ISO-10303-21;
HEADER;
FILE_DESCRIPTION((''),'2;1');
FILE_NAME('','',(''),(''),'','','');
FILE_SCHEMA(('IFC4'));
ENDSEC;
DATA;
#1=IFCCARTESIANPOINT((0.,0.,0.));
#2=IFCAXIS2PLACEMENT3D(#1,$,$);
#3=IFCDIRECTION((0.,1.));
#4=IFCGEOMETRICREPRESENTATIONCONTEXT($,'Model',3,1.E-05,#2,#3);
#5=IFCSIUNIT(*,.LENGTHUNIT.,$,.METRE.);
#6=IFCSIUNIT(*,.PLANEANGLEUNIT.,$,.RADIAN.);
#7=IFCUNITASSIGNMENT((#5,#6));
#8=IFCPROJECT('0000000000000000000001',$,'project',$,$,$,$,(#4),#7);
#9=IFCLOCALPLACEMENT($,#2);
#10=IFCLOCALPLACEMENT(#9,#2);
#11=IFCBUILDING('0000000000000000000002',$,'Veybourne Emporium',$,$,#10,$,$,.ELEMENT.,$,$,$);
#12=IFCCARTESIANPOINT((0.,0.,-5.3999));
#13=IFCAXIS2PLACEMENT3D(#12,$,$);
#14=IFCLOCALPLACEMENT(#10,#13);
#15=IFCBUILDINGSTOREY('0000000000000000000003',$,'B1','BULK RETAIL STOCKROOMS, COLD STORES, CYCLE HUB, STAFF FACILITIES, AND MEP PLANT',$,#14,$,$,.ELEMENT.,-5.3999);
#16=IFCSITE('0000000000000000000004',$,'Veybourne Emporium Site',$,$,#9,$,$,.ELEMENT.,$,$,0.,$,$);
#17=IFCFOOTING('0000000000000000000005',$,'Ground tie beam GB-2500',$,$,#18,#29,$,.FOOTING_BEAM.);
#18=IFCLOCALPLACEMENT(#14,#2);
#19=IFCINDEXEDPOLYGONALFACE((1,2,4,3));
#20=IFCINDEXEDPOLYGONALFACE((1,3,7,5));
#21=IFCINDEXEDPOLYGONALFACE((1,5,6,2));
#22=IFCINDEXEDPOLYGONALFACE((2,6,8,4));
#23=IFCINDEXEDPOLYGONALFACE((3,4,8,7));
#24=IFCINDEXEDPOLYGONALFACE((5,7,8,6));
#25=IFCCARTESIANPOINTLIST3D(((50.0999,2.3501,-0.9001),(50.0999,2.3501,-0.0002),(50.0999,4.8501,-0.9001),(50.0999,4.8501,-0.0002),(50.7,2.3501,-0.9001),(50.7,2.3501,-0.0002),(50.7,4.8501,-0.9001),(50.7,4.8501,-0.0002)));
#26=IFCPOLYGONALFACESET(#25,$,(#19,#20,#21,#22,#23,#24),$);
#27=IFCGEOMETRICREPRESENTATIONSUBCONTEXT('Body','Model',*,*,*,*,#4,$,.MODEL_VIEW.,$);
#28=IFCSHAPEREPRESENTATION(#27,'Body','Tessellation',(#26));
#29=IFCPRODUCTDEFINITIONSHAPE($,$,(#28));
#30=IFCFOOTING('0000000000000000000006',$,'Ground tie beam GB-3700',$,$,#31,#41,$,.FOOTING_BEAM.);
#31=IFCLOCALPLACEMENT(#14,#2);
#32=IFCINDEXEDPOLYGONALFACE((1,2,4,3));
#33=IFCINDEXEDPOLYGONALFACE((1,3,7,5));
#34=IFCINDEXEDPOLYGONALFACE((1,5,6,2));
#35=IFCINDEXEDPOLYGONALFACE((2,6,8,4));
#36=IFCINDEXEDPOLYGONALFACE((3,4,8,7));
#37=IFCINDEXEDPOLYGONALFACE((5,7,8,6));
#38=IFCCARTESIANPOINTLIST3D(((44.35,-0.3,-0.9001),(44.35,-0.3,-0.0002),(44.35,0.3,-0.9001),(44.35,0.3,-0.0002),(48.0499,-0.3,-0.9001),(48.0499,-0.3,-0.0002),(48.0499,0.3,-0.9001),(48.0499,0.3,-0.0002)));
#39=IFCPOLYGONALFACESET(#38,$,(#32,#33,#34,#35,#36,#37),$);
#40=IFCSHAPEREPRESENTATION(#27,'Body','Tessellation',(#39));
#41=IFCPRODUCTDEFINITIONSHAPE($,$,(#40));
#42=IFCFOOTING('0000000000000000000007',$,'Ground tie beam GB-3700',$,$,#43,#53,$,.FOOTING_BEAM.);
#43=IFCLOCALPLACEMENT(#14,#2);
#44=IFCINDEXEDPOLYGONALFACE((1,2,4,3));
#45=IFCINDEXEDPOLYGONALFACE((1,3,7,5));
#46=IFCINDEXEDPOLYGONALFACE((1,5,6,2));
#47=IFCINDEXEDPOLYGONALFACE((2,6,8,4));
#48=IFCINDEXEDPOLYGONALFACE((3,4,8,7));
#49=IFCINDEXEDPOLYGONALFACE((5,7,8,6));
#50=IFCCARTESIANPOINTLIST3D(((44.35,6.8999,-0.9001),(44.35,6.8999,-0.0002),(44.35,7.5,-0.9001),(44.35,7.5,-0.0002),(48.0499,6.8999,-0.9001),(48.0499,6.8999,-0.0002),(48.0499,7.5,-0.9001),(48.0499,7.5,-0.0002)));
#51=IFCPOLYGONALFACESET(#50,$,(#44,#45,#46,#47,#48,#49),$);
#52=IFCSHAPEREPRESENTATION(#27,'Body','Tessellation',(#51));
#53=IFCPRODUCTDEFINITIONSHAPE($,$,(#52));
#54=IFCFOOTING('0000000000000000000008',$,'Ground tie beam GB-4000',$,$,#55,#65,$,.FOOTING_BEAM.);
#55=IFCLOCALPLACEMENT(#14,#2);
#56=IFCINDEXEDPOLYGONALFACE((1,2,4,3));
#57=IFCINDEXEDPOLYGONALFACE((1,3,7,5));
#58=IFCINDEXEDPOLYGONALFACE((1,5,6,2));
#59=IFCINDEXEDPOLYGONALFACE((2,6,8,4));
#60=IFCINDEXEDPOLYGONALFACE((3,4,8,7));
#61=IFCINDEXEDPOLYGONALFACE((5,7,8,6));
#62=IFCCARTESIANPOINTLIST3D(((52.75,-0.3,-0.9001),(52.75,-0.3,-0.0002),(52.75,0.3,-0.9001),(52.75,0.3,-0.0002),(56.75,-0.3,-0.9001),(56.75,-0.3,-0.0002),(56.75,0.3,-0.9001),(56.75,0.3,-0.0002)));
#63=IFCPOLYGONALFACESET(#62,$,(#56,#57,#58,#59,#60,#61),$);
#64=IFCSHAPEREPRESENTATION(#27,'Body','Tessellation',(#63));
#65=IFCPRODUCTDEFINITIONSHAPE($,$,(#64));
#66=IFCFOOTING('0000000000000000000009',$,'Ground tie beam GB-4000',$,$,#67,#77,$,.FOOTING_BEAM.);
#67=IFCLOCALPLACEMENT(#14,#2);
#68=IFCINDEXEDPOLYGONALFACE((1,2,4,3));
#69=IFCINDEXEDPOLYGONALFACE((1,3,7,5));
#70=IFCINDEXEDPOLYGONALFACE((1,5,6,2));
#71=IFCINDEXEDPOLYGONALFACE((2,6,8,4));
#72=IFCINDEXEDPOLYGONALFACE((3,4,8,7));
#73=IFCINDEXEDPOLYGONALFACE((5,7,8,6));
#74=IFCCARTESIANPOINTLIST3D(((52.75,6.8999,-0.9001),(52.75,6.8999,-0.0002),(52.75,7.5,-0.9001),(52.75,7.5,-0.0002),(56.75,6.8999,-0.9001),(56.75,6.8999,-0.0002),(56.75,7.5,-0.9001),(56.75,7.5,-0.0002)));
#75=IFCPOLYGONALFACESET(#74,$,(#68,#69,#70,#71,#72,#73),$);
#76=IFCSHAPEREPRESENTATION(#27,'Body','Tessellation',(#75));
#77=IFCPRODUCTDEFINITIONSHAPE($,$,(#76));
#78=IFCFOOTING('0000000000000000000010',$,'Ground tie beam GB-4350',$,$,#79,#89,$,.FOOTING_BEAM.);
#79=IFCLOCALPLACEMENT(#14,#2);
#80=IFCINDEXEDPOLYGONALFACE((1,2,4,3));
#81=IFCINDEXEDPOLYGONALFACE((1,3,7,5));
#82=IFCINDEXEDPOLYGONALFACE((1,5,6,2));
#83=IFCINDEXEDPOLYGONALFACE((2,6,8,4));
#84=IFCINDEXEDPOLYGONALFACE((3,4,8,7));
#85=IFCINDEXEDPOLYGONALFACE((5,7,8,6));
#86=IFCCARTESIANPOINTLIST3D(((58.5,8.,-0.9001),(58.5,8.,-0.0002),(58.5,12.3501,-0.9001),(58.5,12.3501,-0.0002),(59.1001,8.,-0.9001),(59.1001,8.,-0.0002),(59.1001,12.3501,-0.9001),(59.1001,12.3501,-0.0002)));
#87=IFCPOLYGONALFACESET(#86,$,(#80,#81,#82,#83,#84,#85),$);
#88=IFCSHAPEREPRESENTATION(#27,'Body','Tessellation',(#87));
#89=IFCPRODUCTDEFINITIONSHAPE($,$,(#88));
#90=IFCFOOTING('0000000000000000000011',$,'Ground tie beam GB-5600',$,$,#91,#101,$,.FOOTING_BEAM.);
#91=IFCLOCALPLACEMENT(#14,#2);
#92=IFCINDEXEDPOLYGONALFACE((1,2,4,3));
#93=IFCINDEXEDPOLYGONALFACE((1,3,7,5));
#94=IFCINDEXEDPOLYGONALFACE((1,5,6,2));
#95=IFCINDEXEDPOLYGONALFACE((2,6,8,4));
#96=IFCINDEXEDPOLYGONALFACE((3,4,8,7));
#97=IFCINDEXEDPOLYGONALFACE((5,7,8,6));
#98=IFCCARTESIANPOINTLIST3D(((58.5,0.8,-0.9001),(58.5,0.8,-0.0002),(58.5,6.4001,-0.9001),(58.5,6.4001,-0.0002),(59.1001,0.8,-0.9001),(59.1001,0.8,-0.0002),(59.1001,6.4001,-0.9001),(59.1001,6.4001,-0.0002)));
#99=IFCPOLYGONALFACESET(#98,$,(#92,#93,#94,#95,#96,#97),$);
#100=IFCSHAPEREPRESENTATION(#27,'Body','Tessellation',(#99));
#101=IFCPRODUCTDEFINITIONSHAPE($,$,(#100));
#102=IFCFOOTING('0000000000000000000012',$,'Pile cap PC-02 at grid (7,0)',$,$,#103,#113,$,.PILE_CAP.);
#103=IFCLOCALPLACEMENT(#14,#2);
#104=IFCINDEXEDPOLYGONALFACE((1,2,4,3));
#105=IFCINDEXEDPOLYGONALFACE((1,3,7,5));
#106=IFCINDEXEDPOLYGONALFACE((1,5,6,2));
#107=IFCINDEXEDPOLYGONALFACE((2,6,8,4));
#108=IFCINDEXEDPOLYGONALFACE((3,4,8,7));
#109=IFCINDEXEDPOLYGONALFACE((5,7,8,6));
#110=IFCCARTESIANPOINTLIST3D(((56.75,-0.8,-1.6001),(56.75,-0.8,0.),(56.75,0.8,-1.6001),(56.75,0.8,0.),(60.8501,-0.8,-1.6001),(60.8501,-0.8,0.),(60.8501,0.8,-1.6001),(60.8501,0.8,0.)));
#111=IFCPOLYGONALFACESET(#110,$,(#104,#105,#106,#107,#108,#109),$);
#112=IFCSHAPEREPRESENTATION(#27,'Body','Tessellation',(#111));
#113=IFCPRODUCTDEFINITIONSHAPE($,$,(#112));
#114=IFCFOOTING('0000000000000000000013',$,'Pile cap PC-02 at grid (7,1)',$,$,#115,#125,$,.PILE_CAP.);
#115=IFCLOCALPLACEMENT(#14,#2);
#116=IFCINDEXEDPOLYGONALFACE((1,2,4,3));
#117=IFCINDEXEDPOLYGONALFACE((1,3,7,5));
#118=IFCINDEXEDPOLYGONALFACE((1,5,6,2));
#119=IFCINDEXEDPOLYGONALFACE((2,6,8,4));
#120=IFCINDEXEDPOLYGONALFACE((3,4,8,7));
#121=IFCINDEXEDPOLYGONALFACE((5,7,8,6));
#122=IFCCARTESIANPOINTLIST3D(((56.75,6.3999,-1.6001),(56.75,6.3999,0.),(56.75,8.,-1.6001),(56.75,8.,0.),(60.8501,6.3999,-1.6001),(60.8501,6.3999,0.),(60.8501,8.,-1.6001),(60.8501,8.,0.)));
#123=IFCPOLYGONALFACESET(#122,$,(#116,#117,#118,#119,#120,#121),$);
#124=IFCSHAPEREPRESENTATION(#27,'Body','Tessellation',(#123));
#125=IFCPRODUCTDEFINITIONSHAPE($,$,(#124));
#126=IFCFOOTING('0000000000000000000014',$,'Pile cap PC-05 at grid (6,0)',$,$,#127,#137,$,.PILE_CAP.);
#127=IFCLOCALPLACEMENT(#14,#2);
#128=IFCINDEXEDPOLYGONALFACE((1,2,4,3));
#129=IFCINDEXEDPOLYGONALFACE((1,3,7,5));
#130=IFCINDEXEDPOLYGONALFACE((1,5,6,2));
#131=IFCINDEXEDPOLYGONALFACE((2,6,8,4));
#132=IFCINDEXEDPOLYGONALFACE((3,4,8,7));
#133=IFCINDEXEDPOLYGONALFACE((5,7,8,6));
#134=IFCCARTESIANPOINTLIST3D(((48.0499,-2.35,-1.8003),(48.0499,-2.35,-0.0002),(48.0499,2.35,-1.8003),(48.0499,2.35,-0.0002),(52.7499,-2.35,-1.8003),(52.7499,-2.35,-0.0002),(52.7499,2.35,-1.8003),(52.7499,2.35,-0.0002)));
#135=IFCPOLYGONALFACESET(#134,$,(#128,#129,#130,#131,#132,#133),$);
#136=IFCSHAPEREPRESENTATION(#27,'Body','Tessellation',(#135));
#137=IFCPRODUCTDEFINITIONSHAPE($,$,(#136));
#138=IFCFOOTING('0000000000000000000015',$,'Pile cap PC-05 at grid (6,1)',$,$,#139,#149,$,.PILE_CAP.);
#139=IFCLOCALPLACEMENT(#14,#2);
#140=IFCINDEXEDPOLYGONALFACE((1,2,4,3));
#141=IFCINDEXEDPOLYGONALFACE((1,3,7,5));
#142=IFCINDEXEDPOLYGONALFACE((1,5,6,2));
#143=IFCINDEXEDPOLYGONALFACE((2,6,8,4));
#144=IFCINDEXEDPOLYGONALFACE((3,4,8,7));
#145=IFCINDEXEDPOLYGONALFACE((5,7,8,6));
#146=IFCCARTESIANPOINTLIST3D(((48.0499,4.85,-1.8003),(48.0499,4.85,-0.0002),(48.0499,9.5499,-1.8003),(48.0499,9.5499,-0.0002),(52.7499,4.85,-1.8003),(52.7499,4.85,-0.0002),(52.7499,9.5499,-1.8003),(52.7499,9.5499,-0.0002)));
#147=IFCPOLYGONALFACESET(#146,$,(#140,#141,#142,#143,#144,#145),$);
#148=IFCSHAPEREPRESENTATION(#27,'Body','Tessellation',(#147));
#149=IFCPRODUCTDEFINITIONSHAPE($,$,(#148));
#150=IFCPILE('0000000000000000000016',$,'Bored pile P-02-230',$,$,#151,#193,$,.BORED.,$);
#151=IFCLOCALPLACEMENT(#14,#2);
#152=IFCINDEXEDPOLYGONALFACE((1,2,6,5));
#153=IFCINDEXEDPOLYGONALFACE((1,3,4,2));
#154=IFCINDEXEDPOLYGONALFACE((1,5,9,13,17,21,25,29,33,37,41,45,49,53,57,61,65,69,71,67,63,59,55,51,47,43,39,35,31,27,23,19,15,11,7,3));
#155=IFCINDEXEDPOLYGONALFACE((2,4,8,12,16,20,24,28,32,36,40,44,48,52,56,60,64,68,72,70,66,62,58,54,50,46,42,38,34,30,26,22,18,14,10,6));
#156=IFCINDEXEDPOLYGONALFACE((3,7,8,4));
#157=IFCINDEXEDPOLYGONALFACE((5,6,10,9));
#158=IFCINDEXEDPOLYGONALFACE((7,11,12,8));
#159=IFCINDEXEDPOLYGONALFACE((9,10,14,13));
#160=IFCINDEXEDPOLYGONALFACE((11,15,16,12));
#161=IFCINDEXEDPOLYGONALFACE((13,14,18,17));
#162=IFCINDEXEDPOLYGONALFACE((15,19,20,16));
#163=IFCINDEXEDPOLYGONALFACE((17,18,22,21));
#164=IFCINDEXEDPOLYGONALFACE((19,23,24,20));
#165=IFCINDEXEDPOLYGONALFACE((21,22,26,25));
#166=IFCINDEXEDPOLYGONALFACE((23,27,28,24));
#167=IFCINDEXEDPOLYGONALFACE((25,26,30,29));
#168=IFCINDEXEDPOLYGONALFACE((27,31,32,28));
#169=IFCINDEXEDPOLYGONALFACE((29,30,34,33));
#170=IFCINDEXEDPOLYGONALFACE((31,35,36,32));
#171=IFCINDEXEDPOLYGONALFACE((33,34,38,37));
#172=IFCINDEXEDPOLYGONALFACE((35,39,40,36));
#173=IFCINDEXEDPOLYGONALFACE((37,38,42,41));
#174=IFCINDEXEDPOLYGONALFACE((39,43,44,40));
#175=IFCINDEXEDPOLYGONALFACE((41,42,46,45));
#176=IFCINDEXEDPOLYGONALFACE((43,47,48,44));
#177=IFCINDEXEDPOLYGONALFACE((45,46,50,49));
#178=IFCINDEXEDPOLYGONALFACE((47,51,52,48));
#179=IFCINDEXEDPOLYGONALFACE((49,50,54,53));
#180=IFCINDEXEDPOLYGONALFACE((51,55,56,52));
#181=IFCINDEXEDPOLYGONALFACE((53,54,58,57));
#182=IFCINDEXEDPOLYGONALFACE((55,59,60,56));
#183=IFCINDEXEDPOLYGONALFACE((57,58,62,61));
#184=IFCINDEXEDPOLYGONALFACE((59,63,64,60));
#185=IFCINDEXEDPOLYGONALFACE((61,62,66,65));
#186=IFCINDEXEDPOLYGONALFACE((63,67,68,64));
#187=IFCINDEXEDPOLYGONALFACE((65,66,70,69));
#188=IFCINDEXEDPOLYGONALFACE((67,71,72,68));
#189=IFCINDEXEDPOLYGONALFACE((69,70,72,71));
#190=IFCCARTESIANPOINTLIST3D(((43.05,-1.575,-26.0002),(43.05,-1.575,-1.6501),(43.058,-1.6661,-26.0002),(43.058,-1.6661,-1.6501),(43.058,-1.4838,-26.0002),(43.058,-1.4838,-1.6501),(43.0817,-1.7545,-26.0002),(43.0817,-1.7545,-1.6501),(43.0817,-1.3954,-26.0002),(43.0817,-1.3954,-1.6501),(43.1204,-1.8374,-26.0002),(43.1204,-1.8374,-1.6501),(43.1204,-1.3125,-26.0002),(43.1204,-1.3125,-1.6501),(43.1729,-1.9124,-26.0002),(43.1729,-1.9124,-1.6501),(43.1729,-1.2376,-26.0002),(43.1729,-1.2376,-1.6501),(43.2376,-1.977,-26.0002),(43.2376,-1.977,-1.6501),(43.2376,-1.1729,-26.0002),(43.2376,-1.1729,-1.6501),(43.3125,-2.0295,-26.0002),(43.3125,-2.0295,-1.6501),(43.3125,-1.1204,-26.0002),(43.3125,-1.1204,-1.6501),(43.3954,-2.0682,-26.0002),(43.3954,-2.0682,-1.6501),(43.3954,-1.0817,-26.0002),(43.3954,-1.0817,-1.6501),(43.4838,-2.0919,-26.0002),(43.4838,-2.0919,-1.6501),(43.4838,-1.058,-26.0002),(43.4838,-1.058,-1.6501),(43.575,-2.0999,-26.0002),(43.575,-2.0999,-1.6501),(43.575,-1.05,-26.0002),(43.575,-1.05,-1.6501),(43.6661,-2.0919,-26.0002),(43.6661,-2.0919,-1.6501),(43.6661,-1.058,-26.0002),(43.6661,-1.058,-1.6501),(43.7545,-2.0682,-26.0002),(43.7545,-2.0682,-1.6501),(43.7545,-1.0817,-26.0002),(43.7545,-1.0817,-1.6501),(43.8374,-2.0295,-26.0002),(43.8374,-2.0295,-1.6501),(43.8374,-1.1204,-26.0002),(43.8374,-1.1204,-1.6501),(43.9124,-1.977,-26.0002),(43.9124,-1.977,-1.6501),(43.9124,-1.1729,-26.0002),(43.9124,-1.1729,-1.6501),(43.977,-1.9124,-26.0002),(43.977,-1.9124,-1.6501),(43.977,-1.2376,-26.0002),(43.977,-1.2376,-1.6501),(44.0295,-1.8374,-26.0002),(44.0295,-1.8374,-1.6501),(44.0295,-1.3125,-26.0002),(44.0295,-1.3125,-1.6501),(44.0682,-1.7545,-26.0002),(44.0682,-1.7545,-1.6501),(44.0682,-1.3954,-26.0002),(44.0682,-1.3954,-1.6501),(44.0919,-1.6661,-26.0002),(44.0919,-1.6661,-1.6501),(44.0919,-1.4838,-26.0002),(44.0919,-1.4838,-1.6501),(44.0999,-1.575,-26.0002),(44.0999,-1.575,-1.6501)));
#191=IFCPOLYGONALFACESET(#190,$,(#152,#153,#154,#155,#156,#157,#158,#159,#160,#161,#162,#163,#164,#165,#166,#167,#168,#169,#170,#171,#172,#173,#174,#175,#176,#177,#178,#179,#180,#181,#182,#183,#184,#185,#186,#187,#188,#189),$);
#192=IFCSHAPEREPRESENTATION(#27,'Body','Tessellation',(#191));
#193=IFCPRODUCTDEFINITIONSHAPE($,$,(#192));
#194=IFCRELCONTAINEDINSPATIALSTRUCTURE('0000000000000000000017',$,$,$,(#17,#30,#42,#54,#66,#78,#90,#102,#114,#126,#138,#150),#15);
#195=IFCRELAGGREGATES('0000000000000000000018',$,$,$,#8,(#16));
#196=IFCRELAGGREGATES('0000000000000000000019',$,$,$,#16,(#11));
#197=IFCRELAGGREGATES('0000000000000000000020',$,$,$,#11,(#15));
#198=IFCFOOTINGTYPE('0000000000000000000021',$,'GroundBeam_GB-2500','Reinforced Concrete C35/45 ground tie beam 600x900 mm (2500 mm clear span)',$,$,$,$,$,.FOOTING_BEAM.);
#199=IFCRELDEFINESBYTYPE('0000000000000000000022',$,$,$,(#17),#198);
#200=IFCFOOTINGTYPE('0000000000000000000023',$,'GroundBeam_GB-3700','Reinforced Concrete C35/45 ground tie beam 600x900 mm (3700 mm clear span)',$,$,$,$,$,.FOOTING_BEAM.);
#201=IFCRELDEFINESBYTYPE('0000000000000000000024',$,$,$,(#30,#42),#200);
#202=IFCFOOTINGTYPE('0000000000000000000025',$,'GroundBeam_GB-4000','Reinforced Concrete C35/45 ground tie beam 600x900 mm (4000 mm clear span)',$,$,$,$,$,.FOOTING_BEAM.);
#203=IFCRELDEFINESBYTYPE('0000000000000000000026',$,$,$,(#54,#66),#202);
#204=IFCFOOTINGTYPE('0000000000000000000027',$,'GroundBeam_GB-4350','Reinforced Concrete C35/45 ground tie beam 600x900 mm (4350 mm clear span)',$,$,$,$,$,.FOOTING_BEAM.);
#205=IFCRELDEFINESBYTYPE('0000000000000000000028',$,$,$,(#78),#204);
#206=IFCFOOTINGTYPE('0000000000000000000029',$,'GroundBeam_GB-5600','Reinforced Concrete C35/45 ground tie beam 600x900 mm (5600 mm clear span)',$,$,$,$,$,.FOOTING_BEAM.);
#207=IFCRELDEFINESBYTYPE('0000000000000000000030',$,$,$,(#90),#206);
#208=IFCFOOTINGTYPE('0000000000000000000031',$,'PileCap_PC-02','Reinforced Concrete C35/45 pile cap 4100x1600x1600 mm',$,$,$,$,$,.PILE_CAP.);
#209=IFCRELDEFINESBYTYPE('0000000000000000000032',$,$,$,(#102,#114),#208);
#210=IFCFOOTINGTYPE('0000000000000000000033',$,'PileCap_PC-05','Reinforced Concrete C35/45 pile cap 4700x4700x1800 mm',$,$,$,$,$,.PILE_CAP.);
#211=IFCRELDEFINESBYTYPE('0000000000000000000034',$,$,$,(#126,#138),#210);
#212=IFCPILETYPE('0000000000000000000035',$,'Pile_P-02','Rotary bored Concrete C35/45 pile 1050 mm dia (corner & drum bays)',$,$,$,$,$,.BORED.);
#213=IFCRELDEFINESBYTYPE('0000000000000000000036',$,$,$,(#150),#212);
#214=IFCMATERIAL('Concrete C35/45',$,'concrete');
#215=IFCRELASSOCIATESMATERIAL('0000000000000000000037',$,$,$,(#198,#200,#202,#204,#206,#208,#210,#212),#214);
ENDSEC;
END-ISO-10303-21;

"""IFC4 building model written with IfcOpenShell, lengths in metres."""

from ifc_helpers import new_model, si_unit, direction, frame, origin, origin_2d, place, context, subcontext, project, spatial, rectangle, circle, extrude, material, material_profile, profile_set, type_object, element, save


model = new_model("IFC4")

# Units and contexts
model_context = context("Model", 3, precision=1e-05, world=origin(), true_north=direction((0.0, 1.0)))
body_context = subcontext(model_context, "Body", "Model", "MODEL_VIEW")
ifc_project = project(units=[si_unit("LENGTHUNIT", "METRE"), si_unit("PLANEANGLEUNIT", "RADIAN")], contexts=[model_context])

# Site, building, storey
site_placement = place(None, origin())
site = spatial("IfcSite", under=ifc_project, at=site_placement, Name="Veybourne Emporium Site", CompositionType="ELEMENT", RefElevation=0.0)
building_placement = place(site_placement, origin())
building = spatial("IfcBuilding", under=site, at=building_placement, Name="Veybourne Emporium", CompositionType="ELEMENT")
storey_placement = place(building_placement, frame((0.0, 0.0, -5.3999)))
storey = spatial("IfcBuildingStorey", under=building, at=storey_placement, Name="B1", Description="BULK RETAIL STOCKROOMS, COLD STORES, CYCLE HUB, STAFF FACILITIES, AND MEP PLANT", CompositionType="ELEMENT", Elevation=-5.3999)

# Footings
ifc_material_1 = material(Name="Concrete C35/45", Category="concrete")
footing_type_1 = type_object("IfcFootingType", Name="GroundBeam_GB-2500", Description="Reinforced Concrete C35/45 ground tie beam 600x900 mm (2500 mm clear span)", PredefinedType="FOOTING_BEAM", material=ifc_material_1)
footing_1_placement = place(storey_placement, frame((50.3999, 3.6001, -0.9001), z_axis=(0.0, 0.0, 1.0), x_axis=(0.0, 1.0, 0.0)))
element("IfcFooting", 1, at=footing_1_placement, inside=storey, type_object=footing_type_1, Name="Ground tie beam GB-2500", PredefinedType="FOOTING_BEAM", context=body_context, shape_type="SweptSolid", body=[
    extrude(rectangle(XDim=2.5, YDim=0.6001, at=origin_2d()), origin(), (0.0, 0.0, 1.0), 0.8999),
])
footing_type_2 = type_object("IfcFootingType", Name="GroundBeam_GB-3700", Description="Reinforced Concrete C35/45 ground tie beam 600x900 mm (3700 mm clear span)", PredefinedType="FOOTING_BEAM", material=ifc_material_1)
for number, where, z_axis, x_axis, name in (
    (2, (46.2, 0.0, -0.9001), (0.0, 0.0, 1.0), (1.0, 0.0, 0.0), "Ground tie beam GB-3700"),
    (3, (46.2, 7.2, -0.9001), (0.0, 0.0, 1.0), (1.0, 0.0, 0.0), "Ground tie beam GB-3700"),
):
    element("IfcFooting", number, at=place(storey_placement, frame(where, z_axis=z_axis, x_axis=x_axis)), inside=storey, type_object=footing_type_2, Name=name, PredefinedType="FOOTING_BEAM", context=body_context, shape_type="SweptSolid", body=[
        extrude(rectangle(XDim=3.7, YDim=0.6001, at=origin_2d()), origin(), (0.0, 0.0, 1.0), 0.8999),
    ])
footing_type_3 = type_object("IfcFootingType", Name="GroundBeam_GB-4000", Description="Reinforced Concrete C35/45 ground tie beam 600x900 mm (4000 mm clear span)", PredefinedType="FOOTING_BEAM", material=ifc_material_1)
for number, where, z_axis, x_axis, name in (
    (4, (54.75, 0.0, -0.9001), (0.0, 0.0, 1.0), (1.0, 0.0, 0.0), "Ground tie beam GB-4000"),
    (5, (54.75, 7.2, -0.9001), (0.0, 0.0, 1.0), (1.0, 0.0, 0.0), "Ground tie beam GB-4000"),
):
    element("IfcFooting", number, at=place(storey_placement, frame(where, z_axis=z_axis, x_axis=x_axis)), inside=storey, type_object=footing_type_3, Name=name, PredefinedType="FOOTING_BEAM", context=body_context, shape_type="SweptSolid", body=[
        extrude(rectangle(XDim=4.0, YDim=0.6001, at=origin_2d()), origin(), (0.0, 0.0, 1.0), 0.8999),
    ])
footing_type_4 = type_object("IfcFootingType", Name="GroundBeam_GB-4350", Description="Reinforced Concrete C35/45 ground tie beam 600x900 mm (4350 mm clear span)", PredefinedType="FOOTING_BEAM", material=ifc_material_1)
footing_2_placement = place(storey_placement, frame((58.8, 10.175, -0.9001), z_axis=(0.0, 0.0, 1.0), x_axis=(0.0, 1.0, 0.0)))
element("IfcFooting", 6, at=footing_2_placement, inside=storey, type_object=footing_type_4, Name="Ground tie beam GB-4350", PredefinedType="FOOTING_BEAM", context=body_context, shape_type="SweptSolid", body=[
    extrude(rectangle(XDim=4.3501, YDim=0.6001, at=origin_2d()), origin(), (0.0, 0.0, 1.0), 0.8999),
])
footing_type_5 = type_object("IfcFootingType", Name="GroundBeam_GB-5600", Description="Reinforced Concrete C35/45 ground tie beam 600x900 mm (5600 mm clear span)", PredefinedType="FOOTING_BEAM", material=ifc_material_1)
footing_3_placement = place(storey_placement, frame((58.8, 3.6001, -0.9001), z_axis=(0.0, 0.0, 1.0), x_axis=(0.0, 1.0, 0.0)))
element("IfcFooting", 7, at=footing_3_placement, inside=storey, type_object=footing_type_5, Name="Ground tie beam GB-5600", PredefinedType="FOOTING_BEAM", context=body_context, shape_type="SweptSolid", body=[
    extrude(rectangle(XDim=5.6001, YDim=0.6001, at=origin_2d()), origin(), (0.0, 0.0, 1.0), 0.8999),
])
footing_type_6 = type_object("IfcFootingType", Name="PileCap_PC-02", Description="Reinforced Concrete C35/45 pile cap 4100x1600x1600 mm", PredefinedType="PILE_CAP", material=ifc_material_1)
for number, where, z_axis, x_axis, name in (
    (8, (58.8, 0.0, -1.6001), (0.0, 0.0, 1.0), (1.0, 0.0, 0.0), "Pile cap PC-02 at grid (7,0)"),
    (9, (58.8, 7.2, -1.6001), (0.0, 0.0, 1.0), (1.0, 0.0, 0.0), "Pile cap PC-02 at grid (7,1)"),
):
    element("IfcFooting", number, at=place(storey_placement, frame(where, z_axis=z_axis, x_axis=x_axis)), inside=storey, type_object=footing_type_6, Name=name, PredefinedType="PILE_CAP", context=body_context, shape_type="SweptSolid", body=[
        extrude(rectangle(XDim=4.1001, YDim=1.6001, at=origin_2d()), origin(), (0.0, 0.0, 1.0), 1.6001),
    ])
footing_type_7 = type_object("IfcFootingType", Name="PileCap_PC-05", Description="Reinforced Concrete C35/45 pile cap 4700x4700x1800 mm", PredefinedType="PILE_CAP", material=ifc_material_1)
for number, where, z_axis, x_axis, name in (
    (10, (50.3999, 0.0, -1.8003), (0.0, 0.0, 1.0), (1.0, 0.0, 0.0), "Pile cap PC-05 at grid (6,0)"),
    (11, (50.3999, 7.2, -1.8003), (0.0, 0.0, 1.0), (1.0, 0.0, 0.0), "Pile cap PC-05 at grid (6,1)"),
):
    element("IfcFooting", number, at=place(storey_placement, frame(where, z_axis=z_axis, x_axis=x_axis)), inside=storey, type_object=footing_type_7, Name=name, PredefinedType="PILE_CAP", context=body_context, shape_type="SweptSolid", body=[
        extrude(rectangle(XDim=4.7, YDim=4.7, at=origin_2d()), origin(), (0.0, 0.0, 1.0), 1.8),
    ])

# Pile
ifc_material_profile_1 = material_profile(ifc_material_1, circle(Radius=0.5249, at=origin_2d()), Name="BORED PILE 1050")
ifc_profile_set_1 = profile_set([ifc_material_profile_1], Name="Concrete C35/45")
pile_type_1 = type_object("IfcPileType", Name="Pile_P-02", Description="Rotary bored Concrete C35/45 pile 1050 mm dia (corner & drum bays)", PredefinedType="BORED", material=ifc_profile_set_1)
for number, where, z_axis, x_axis, name in (
    (12, (43.575, -1.575, -1.6501), (0.0, 0.0, -1.0), (1.0, 0.0, 0.0), "Bored pile P-02-230"),
):
    element("IfcPile", number, at=place(storey_placement, frame(where, z_axis=z_axis, x_axis=x_axis)), inside=storey, type_object=pile_type_1, Name=name, PredefinedType="BORED", context=body_context, shape_type="SweptSolid", body=[
        extrude(circle(Radius=0.5249, at=origin_2d()), origin(), (0.0, 0.0, 1.0), 24.3501),
    ])

save(model, "model.ifc")
